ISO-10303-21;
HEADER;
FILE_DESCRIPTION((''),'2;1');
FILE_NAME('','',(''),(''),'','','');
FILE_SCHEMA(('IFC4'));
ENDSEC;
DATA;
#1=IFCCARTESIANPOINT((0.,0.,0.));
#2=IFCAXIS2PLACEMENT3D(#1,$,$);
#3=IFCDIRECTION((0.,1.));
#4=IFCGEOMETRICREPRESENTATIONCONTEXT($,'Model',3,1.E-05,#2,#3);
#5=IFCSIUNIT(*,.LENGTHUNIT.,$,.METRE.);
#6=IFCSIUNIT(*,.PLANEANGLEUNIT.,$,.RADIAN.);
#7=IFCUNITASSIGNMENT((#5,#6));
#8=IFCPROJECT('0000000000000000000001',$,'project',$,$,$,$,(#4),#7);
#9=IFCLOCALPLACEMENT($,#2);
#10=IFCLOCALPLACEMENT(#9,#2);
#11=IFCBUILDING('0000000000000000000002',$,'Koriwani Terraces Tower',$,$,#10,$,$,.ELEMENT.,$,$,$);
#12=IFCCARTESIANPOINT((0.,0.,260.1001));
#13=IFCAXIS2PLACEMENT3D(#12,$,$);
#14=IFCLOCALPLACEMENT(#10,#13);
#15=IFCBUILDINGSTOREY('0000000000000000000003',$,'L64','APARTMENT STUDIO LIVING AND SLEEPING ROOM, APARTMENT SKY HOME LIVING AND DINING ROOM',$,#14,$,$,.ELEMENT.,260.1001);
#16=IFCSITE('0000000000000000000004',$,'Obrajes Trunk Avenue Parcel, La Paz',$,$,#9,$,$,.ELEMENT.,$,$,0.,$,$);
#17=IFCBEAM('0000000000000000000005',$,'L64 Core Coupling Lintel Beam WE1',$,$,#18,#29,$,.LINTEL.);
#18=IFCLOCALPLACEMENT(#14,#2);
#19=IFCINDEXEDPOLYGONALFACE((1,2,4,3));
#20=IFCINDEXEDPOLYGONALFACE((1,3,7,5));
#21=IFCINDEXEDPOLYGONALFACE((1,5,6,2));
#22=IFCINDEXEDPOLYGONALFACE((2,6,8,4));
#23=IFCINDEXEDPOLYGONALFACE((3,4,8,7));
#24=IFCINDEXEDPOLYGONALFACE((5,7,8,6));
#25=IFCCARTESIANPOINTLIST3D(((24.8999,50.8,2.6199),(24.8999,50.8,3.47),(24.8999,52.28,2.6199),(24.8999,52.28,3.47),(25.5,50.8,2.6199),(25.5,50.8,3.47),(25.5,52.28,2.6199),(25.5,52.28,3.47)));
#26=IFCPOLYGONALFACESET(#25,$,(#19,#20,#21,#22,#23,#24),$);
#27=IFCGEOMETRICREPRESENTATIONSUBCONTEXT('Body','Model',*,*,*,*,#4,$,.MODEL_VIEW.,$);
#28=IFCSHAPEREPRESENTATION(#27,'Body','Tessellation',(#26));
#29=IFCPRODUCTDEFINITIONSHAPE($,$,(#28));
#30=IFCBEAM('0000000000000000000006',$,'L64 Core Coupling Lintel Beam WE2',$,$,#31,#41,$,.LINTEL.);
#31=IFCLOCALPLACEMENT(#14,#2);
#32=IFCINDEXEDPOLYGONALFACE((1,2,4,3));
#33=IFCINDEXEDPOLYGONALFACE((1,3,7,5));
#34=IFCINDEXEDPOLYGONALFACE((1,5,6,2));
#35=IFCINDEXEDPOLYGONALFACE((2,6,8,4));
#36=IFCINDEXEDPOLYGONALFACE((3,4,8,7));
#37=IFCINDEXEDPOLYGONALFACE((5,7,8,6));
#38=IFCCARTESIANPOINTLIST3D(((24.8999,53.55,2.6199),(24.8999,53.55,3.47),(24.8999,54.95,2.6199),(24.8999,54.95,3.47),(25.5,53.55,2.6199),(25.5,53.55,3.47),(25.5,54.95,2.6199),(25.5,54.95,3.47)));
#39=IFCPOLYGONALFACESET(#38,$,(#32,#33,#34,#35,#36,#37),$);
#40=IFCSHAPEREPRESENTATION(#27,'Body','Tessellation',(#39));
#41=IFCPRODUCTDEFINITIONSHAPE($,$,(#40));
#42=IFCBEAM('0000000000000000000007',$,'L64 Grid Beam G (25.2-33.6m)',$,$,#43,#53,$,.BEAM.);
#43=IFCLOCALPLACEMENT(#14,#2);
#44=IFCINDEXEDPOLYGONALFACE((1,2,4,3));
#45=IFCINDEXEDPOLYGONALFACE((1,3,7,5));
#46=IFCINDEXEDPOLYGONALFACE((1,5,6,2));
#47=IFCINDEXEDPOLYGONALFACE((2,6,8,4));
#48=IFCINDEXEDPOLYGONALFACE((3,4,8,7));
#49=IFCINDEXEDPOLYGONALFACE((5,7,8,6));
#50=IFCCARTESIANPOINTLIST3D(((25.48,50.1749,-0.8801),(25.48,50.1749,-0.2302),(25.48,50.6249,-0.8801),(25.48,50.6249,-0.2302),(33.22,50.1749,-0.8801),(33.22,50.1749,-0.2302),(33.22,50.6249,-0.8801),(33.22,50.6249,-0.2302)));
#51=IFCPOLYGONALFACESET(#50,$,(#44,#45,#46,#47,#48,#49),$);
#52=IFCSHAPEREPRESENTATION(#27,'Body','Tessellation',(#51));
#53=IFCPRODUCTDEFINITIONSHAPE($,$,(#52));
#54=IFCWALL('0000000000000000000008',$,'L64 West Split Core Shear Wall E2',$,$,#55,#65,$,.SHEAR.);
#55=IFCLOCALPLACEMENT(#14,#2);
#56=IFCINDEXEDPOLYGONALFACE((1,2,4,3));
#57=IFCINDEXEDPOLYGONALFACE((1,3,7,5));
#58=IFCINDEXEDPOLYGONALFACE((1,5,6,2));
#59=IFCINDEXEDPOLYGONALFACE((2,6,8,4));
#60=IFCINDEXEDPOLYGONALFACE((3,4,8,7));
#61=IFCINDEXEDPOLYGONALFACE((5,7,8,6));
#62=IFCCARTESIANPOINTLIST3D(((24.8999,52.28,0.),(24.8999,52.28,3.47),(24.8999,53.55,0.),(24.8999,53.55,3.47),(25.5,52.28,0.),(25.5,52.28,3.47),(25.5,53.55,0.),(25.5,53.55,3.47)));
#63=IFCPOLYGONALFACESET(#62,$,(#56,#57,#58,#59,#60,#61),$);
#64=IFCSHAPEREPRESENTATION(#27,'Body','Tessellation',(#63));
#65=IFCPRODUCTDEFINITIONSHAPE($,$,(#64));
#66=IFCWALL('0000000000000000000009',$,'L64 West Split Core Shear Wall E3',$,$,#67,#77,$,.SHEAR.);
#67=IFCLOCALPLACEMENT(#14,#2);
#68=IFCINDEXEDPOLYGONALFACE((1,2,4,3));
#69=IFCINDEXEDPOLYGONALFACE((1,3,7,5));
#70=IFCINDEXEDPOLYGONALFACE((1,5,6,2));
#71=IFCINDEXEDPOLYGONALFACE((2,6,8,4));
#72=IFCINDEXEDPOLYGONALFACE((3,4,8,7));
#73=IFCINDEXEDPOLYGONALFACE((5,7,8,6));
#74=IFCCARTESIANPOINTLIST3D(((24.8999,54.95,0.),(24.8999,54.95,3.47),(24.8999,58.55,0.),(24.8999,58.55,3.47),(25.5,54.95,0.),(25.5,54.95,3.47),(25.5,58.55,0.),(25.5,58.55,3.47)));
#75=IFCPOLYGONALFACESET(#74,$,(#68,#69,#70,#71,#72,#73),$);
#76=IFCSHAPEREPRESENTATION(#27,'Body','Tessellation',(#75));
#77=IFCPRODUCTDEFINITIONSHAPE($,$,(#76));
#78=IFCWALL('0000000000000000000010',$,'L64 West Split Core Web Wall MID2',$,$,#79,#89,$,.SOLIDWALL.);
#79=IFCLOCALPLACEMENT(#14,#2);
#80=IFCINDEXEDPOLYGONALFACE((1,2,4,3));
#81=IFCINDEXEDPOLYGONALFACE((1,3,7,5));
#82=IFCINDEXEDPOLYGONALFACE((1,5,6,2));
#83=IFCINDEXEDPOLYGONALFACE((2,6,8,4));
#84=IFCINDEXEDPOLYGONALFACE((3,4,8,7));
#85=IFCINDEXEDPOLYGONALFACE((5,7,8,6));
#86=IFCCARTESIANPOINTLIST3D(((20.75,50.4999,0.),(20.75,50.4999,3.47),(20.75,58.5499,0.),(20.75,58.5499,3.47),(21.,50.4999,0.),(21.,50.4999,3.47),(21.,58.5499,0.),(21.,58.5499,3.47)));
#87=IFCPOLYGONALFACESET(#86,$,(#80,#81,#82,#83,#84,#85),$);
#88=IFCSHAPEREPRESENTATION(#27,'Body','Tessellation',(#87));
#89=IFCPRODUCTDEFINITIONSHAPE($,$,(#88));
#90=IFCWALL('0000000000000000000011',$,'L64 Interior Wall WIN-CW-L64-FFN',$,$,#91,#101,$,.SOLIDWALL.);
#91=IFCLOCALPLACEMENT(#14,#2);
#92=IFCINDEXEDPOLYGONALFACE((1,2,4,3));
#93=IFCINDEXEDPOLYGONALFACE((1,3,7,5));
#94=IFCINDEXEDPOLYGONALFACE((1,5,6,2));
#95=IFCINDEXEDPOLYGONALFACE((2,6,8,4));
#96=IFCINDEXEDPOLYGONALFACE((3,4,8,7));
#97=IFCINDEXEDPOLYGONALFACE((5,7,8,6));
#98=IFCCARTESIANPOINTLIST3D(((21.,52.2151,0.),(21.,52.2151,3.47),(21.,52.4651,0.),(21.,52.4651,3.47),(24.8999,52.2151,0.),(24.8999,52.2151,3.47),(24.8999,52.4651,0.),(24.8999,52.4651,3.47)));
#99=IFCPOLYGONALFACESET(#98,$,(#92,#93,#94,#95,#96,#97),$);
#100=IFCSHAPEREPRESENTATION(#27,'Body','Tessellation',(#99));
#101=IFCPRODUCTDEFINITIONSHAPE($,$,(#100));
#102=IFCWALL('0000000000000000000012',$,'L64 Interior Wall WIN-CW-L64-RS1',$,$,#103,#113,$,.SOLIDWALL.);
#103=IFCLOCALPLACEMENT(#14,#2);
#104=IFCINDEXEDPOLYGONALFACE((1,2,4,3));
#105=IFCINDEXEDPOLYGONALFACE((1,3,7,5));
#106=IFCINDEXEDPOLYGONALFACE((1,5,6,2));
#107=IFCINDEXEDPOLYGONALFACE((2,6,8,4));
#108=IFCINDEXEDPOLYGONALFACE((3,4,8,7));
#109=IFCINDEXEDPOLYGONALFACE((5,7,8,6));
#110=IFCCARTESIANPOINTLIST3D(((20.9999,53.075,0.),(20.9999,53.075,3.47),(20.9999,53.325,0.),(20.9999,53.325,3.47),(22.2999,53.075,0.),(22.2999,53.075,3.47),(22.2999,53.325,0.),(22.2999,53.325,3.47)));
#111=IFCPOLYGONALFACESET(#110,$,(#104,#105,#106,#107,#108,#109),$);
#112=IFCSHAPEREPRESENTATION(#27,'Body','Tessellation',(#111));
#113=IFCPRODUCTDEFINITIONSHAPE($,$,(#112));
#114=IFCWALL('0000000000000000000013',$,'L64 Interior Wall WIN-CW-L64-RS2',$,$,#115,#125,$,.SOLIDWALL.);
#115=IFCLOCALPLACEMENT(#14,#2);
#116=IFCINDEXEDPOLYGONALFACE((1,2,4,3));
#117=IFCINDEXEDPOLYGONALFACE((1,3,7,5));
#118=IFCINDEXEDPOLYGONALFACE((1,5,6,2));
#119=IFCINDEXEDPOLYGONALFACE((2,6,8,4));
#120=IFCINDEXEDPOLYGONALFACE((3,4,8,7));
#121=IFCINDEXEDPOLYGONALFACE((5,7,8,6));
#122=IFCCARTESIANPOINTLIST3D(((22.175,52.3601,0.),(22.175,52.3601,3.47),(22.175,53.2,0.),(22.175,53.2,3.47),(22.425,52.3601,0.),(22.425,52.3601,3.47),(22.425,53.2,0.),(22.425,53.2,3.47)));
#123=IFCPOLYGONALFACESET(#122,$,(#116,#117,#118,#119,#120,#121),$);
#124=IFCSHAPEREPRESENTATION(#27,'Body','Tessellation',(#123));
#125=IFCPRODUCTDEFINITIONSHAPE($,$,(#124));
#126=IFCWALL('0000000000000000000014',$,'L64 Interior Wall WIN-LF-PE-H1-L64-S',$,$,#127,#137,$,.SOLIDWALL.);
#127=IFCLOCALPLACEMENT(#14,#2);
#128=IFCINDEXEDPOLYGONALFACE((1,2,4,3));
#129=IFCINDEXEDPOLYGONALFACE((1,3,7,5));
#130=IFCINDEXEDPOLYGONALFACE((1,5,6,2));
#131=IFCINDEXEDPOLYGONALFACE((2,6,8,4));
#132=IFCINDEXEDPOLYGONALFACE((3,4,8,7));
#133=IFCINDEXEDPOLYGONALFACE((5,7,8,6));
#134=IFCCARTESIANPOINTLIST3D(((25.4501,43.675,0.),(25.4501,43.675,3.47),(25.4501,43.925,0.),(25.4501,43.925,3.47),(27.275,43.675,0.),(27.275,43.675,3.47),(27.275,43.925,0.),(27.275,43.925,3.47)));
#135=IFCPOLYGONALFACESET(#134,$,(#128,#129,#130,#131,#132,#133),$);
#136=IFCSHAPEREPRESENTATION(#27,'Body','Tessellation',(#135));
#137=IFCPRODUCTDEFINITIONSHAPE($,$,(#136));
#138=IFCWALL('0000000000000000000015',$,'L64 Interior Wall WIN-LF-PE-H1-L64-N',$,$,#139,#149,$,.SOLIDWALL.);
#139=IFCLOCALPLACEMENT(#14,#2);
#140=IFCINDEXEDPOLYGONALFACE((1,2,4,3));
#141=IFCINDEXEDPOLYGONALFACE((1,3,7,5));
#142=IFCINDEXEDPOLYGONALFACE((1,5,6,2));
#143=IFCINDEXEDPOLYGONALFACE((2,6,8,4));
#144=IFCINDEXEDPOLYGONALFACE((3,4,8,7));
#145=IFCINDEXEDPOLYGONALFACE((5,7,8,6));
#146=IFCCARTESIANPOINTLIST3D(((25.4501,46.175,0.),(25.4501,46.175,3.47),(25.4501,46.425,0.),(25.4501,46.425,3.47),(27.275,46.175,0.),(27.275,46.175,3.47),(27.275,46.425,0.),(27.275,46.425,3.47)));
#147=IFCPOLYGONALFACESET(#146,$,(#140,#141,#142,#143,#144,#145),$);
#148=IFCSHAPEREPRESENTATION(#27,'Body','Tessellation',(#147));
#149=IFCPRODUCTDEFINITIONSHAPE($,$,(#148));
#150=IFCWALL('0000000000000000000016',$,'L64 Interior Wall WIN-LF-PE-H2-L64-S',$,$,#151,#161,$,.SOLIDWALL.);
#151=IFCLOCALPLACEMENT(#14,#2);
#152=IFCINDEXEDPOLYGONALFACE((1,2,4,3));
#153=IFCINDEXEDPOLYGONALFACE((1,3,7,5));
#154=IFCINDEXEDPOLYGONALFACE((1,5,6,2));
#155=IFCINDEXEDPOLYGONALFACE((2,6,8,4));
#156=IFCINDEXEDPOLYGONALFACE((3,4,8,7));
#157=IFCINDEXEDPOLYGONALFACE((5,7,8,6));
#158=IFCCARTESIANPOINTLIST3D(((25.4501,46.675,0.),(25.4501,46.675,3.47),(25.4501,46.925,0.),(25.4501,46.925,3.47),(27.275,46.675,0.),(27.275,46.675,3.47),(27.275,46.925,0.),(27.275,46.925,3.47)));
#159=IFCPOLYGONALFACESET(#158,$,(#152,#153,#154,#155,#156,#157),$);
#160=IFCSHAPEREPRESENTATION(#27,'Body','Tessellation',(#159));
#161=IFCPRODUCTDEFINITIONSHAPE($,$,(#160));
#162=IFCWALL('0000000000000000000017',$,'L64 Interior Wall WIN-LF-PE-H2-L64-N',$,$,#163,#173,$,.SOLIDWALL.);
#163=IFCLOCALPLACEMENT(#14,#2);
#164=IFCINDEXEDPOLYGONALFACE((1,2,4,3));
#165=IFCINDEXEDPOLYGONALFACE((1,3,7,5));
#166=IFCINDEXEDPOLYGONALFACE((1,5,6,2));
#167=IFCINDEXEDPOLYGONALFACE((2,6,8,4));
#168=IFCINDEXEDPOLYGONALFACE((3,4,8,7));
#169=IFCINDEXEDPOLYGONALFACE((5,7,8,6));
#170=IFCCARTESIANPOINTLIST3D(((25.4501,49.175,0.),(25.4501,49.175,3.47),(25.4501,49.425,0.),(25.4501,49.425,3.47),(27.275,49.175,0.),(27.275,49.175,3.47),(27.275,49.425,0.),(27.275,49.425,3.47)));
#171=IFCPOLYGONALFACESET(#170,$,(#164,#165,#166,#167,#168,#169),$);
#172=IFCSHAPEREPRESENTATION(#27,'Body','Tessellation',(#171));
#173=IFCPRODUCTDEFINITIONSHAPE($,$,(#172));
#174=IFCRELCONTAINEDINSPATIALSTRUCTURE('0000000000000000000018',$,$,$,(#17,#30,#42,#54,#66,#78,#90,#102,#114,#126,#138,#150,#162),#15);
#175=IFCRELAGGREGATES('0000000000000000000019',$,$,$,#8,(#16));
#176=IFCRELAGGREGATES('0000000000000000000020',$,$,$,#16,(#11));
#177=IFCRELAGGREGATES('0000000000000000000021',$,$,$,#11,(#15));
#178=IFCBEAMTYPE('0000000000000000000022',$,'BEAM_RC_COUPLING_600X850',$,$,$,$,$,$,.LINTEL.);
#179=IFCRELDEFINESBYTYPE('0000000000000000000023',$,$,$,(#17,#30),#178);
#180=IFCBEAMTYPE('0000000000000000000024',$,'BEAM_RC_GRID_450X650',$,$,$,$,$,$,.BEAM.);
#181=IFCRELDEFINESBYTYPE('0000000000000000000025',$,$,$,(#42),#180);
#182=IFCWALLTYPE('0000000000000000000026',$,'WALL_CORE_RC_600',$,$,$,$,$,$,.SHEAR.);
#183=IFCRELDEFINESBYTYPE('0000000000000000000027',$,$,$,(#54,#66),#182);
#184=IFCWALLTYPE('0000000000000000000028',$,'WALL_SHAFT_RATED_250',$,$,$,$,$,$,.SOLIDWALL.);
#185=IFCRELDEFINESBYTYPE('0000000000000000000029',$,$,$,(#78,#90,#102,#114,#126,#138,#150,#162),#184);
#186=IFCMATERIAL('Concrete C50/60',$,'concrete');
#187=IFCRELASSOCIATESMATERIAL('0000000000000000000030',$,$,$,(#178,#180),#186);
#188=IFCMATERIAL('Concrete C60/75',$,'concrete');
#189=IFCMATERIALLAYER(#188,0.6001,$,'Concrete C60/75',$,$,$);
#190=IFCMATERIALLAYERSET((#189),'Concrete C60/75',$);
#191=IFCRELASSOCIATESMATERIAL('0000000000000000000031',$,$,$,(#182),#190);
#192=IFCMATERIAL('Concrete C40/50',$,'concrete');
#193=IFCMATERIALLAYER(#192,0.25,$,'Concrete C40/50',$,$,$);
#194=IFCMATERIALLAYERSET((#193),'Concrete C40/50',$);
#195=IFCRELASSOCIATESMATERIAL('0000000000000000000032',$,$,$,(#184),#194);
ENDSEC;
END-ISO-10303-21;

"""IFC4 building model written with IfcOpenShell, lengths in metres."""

from ifc_helpers import new_model, si_unit, direction, frame, frame_2d, origin, origin_2d, place, context, subcontext, project, spatial, rectangle, extrude, material, layer, layer_set, material_profile, profile_set, type_object, element, save


model = new_model("IFC4")

# Units and contexts
model_context = context("Model", 3, precision=1e-05, world=origin(), true_north=direction((0.0, 1.0)))
body_context = subcontext(model_context, "Body", "Model", "MODEL_VIEW")
ifc_project = project(units=[si_unit("LENGTHUNIT", "METRE"), si_unit("PLANEANGLEUNIT", "RADIAN")], contexts=[model_context])

# Site, building, storey
site_placement = place(None, origin())
site = spatial("IfcSite", under=ifc_project, at=site_placement, Name="Obrajes Trunk Avenue Parcel, La Paz", CompositionType="ELEMENT", RefElevation=0.0)
building_placement = place(site_placement, origin())
building = spatial("IfcBuilding", under=site, at=building_placement, Name="Koriwani Terraces Tower", CompositionType="ELEMENT")
storey_placement = place(building_placement, frame((0.0, 0.0, 260.1001)))
storey = spatial("IfcBuildingStorey", under=building, at=storey_placement, Name="L64", Description="APARTMENT STUDIO LIVING AND SLEEPING ROOM, APARTMENT SKY HOME LIVING AND DINING ROOM", CompositionType="ELEMENT", Elevation=260.1001)

# Beams
ifc_material_1 = material(Name="Concrete C50/60", Category="concrete")
ifc_material_profile_1 = material_profile(ifc_material_1, rectangle(XDim=0.6001, YDim=0.8501, at=origin_2d()), Name="Concrete C50/60", Category="LoadBearing")
ifc_profile_set_1 = profile_set([ifc_material_profile_1], Name="Concrete C50/60")
beam_type_1 = type_object("IfcBeamType", Name="BEAM_RC_COUPLING_600X850", PredefinedType="LINTEL", material=ifc_profile_set_1)
beam_1_placement = place(storey_placement, frame((25.2, 50.8, 3.0449), z_axis=(0.0, 1.0, 0.0), x_axis=(-1.0, 0.0, 0.0)))
element("IfcBeam", 1, at=beam_1_placement, inside=storey, type_object=beam_type_1, Name="L64 Core Coupling Lintel Beam WE1", PredefinedType="LINTEL", context=body_context, shape_type="SweptSolid", body=[
    extrude(rectangle(XDim=0.6001, YDim=0.8501, at=origin_2d()), origin(), (0.0, 0.0, 1.0), 1.48),
])
beam_2_placement = place(storey_placement, frame((25.2, 53.55, 3.0449), z_axis=(0.0, 1.0, 0.0), x_axis=(-1.0, 0.0, 0.0)))
element("IfcBeam", 2, at=beam_2_placement, inside=storey, type_object=beam_type_1, Name="L64 Core Coupling Lintel Beam WE2", PredefinedType="LINTEL", context=body_context, shape_type="SweptSolid", body=[
    extrude(rectangle(XDim=0.6001, YDim=0.8501, at=origin_2d()), origin(), (0.0, 0.0, 1.0), 1.3999),
])
ifc_material_profile_2 = material_profile(ifc_material_1, rectangle(XDim=0.45, YDim=0.6499, at=origin_2d()), Name="Concrete C50/60", Category="LoadBearing")
ifc_profile_set_2 = profile_set([ifc_material_profile_2], Name="Concrete C50/60")
beam_type_2 = type_object("IfcBeamType", Name="BEAM_RC_GRID_450X650", PredefinedType="BEAM", material=ifc_profile_set_2)
beam_3_placement = place(storey_placement, frame((25.48, 50.3999, -0.5552), z_axis=(1.0, 0.0, 0.0), x_axis=(0.0, 1.0, 0.0)))
element("IfcBeam", 3, at=beam_3_placement, inside=storey, type_object=beam_type_2, Name="L64 Grid Beam G (25.2-33.6m)", PredefinedType="BEAM", context=body_context, shape_type="SweptSolid", body=[
    extrude(rectangle(XDim=0.45, YDim=0.6499, at=origin_2d()), origin(), (0.0, 0.0, 1.0), 7.74),
])

# Walls
ifc_material_2 = material(Name="Concrete C60/75", Category="concrete")
ifc_layer_1 = layer(ifc_material_2, 0.6001, Name="Concrete C60/75")
ifc_layer_set_1 = layer_set([ifc_layer_1], Name="Concrete C60/75")
wall_type_1 = type_object("IfcWallType", Name="WALL_CORE_RC_600", PredefinedType="SHEAR", material=ifc_layer_set_1)
wall_1_placement = place(storey_placement, frame((25.2, 52.28, 0.0), z_axis=(0.0, 0.0, 1.0), x_axis=(0.0, 1.0, 0.0)))
element("IfcWall", 4, at=wall_1_placement, inside=storey, type_object=wall_type_1, Name="L64 West Split Core Shear Wall E2", PredefinedType="SHEAR", context=body_context, shape_type="SweptSolid", body=[
    extrude(rectangle(XDim=1.27, YDim=0.6001, at=frame_2d((0.635, 0.0))), origin(), (0.0, 0.0, 1.0), 3.47),
])
wall_2_placement = place(storey_placement, frame((25.2, 54.95, 0.0), z_axis=(0.0, 0.0, 1.0), x_axis=(0.0, 1.0, 0.0)))
element("IfcWall", 5, at=wall_2_placement, inside=storey, type_object=wall_type_1, Name="L64 West Split Core Shear Wall E3", PredefinedType="SHEAR", context=body_context, shape_type="SweptSolid", body=[
    extrude(rectangle(XDim=3.6001, YDim=0.6001, at=frame_2d((1.8, 0.0))), origin(), (0.0, 0.0, 1.0), 3.47),
])
ifc_material_3 = material(Name="Concrete C40/50", Category="concrete")
ifc_layer_2 = layer(ifc_material_3, 0.25, Name="Concrete C40/50")
ifc_layer_set_2 = layer_set([ifc_layer_2], Name="Concrete C40/50")
wall_type_2 = type_object("IfcWallType", Name="WALL_SHAFT_RATED_250", PredefinedType="SOLIDWALL", material=ifc_layer_set_2)
wall_3_placement = place(storey_placement, frame((20.875, 50.5, 0.0), z_axis=(0.0, 0.0, 1.0), x_axis=(0.0, 1.0, 0.0)))
element("IfcWall", 6, at=wall_3_placement, inside=storey, type_object=wall_type_2, Name="L64 West Split Core Web Wall MID2", PredefinedType="SOLIDWALL", context=body_context, shape_type="SweptSolid", body=[
    extrude(rectangle(XDim=8.05, YDim=0.25, at=frame_2d((4.0249, 0.0))), origin(), (0.0, 0.0, 1.0), 3.47),
])

# Wall
wall_4_placement = place(storey_placement, frame((21.0, 52.3401, 0.0), z_axis=(0.0, 0.0, 1.0), x_axis=(1.0, 0.0, 0.0)))
element("IfcWall", 7, at=wall_4_placement, inside=storey, type_object=wall_type_2, Name="L64 Interior Wall WIN-CW-L64-FFN", PredefinedType="SOLIDWALL", context=body_context, shape_type="SweptSolid", body=[
    extrude(rectangle(XDim=3.8999, YDim=0.25, at=frame_2d((1.95, 0.0))), origin(), (0.0, 0.0, 1.0), 3.47),
])

# Walls
wall_5_placement = place(storey_placement, frame((21.0, 53.2, 0.0), z_axis=(0.0, 0.0, 1.0), x_axis=(1.0, 0.0, 0.0)))
element("IfcWall", 8, at=wall_5_placement, inside=storey, type_object=wall_type_2, Name="L64 Interior Wall WIN-CW-L64-RS1", PredefinedType="SOLIDWALL", context=body_context, shape_type="SweptSolid", body=[
    extrude(rectangle(XDim=1.3, YDim=0.25, at=frame_2d((0.6499, 0.0))), origin(), (0.0, 0.0, 1.0), 3.47),
])
wall_6_placement = place(storey_placement, frame((22.3, 52.3601, 0.0), z_axis=(0.0, 0.0, 1.0), x_axis=(0.0, 1.0, 0.0)))
element("IfcWall", 9, at=wall_6_placement, inside=storey, type_object=wall_type_2, Name="L64 Interior Wall WIN-CW-L64-RS2", PredefinedType="SOLIDWALL", context=body_context, shape_type="SweptSolid", body=[
    extrude(rectangle(XDim=0.8398, YDim=0.25, at=frame_2d((0.4199, 0.0))), origin(), (0.0, 0.0, 1.0), 3.47),
])
for number, where, z_axis, x_axis, name in (
    (10, (25.45, 43.8, 0.0), (0.0, 0.0, 1.0), (1.0, 0.0, 0.0), "L64 Interior Wall WIN-LF-PE-H1-L64-S"),
    (11, (25.45, 46.3, 0.0), (0.0, 0.0, 1.0), (1.0, 0.0, 0.0), "L64 Interior Wall WIN-LF-PE-H1-L64-N"),
):
    element("IfcWall", number, at=place(storey_placement, frame(where, z_axis=z_axis, x_axis=x_axis)), inside=storey, type_object=wall_type_2, Name=name, PredefinedType="SOLIDWALL", context=body_context, shape_type="SweptSolid", body=[
        extrude(rectangle(XDim=1.825, YDim=0.25, at=frame_2d((0.9126, 0.0))), origin(), (0.0, 0.0, 1.0), 3.47),
    ])

# Walls
for number, where, z_axis, x_axis, name in (
    (12, (25.45, 46.8, 0.0), (0.0, 0.0, 1.0), (1.0, 0.0, 0.0), "L64 Interior Wall WIN-LF-PE-H2-L64-S"),
    (13, (25.45, 49.3, 0.0), (0.0, 0.0, 1.0), (1.0, 0.0, 0.0), "L64 Interior Wall WIN-LF-PE-H2-L64-N"),
):
    element("IfcWall", number, at=place(storey_placement, frame(where, z_axis=z_axis, x_axis=x_axis)), inside=storey, type_object=wall_type_2, Name=name, PredefinedType="SOLIDWALL", context=body_context, shape_type="SweptSolid", body=[
        extrude(rectangle(XDim=1.825, YDim=0.25, at=frame_2d((0.9126, 0.0))), origin(), (0.0, 0.0, 1.0), 3.47),
    ])

save(model, "model.ifc")
